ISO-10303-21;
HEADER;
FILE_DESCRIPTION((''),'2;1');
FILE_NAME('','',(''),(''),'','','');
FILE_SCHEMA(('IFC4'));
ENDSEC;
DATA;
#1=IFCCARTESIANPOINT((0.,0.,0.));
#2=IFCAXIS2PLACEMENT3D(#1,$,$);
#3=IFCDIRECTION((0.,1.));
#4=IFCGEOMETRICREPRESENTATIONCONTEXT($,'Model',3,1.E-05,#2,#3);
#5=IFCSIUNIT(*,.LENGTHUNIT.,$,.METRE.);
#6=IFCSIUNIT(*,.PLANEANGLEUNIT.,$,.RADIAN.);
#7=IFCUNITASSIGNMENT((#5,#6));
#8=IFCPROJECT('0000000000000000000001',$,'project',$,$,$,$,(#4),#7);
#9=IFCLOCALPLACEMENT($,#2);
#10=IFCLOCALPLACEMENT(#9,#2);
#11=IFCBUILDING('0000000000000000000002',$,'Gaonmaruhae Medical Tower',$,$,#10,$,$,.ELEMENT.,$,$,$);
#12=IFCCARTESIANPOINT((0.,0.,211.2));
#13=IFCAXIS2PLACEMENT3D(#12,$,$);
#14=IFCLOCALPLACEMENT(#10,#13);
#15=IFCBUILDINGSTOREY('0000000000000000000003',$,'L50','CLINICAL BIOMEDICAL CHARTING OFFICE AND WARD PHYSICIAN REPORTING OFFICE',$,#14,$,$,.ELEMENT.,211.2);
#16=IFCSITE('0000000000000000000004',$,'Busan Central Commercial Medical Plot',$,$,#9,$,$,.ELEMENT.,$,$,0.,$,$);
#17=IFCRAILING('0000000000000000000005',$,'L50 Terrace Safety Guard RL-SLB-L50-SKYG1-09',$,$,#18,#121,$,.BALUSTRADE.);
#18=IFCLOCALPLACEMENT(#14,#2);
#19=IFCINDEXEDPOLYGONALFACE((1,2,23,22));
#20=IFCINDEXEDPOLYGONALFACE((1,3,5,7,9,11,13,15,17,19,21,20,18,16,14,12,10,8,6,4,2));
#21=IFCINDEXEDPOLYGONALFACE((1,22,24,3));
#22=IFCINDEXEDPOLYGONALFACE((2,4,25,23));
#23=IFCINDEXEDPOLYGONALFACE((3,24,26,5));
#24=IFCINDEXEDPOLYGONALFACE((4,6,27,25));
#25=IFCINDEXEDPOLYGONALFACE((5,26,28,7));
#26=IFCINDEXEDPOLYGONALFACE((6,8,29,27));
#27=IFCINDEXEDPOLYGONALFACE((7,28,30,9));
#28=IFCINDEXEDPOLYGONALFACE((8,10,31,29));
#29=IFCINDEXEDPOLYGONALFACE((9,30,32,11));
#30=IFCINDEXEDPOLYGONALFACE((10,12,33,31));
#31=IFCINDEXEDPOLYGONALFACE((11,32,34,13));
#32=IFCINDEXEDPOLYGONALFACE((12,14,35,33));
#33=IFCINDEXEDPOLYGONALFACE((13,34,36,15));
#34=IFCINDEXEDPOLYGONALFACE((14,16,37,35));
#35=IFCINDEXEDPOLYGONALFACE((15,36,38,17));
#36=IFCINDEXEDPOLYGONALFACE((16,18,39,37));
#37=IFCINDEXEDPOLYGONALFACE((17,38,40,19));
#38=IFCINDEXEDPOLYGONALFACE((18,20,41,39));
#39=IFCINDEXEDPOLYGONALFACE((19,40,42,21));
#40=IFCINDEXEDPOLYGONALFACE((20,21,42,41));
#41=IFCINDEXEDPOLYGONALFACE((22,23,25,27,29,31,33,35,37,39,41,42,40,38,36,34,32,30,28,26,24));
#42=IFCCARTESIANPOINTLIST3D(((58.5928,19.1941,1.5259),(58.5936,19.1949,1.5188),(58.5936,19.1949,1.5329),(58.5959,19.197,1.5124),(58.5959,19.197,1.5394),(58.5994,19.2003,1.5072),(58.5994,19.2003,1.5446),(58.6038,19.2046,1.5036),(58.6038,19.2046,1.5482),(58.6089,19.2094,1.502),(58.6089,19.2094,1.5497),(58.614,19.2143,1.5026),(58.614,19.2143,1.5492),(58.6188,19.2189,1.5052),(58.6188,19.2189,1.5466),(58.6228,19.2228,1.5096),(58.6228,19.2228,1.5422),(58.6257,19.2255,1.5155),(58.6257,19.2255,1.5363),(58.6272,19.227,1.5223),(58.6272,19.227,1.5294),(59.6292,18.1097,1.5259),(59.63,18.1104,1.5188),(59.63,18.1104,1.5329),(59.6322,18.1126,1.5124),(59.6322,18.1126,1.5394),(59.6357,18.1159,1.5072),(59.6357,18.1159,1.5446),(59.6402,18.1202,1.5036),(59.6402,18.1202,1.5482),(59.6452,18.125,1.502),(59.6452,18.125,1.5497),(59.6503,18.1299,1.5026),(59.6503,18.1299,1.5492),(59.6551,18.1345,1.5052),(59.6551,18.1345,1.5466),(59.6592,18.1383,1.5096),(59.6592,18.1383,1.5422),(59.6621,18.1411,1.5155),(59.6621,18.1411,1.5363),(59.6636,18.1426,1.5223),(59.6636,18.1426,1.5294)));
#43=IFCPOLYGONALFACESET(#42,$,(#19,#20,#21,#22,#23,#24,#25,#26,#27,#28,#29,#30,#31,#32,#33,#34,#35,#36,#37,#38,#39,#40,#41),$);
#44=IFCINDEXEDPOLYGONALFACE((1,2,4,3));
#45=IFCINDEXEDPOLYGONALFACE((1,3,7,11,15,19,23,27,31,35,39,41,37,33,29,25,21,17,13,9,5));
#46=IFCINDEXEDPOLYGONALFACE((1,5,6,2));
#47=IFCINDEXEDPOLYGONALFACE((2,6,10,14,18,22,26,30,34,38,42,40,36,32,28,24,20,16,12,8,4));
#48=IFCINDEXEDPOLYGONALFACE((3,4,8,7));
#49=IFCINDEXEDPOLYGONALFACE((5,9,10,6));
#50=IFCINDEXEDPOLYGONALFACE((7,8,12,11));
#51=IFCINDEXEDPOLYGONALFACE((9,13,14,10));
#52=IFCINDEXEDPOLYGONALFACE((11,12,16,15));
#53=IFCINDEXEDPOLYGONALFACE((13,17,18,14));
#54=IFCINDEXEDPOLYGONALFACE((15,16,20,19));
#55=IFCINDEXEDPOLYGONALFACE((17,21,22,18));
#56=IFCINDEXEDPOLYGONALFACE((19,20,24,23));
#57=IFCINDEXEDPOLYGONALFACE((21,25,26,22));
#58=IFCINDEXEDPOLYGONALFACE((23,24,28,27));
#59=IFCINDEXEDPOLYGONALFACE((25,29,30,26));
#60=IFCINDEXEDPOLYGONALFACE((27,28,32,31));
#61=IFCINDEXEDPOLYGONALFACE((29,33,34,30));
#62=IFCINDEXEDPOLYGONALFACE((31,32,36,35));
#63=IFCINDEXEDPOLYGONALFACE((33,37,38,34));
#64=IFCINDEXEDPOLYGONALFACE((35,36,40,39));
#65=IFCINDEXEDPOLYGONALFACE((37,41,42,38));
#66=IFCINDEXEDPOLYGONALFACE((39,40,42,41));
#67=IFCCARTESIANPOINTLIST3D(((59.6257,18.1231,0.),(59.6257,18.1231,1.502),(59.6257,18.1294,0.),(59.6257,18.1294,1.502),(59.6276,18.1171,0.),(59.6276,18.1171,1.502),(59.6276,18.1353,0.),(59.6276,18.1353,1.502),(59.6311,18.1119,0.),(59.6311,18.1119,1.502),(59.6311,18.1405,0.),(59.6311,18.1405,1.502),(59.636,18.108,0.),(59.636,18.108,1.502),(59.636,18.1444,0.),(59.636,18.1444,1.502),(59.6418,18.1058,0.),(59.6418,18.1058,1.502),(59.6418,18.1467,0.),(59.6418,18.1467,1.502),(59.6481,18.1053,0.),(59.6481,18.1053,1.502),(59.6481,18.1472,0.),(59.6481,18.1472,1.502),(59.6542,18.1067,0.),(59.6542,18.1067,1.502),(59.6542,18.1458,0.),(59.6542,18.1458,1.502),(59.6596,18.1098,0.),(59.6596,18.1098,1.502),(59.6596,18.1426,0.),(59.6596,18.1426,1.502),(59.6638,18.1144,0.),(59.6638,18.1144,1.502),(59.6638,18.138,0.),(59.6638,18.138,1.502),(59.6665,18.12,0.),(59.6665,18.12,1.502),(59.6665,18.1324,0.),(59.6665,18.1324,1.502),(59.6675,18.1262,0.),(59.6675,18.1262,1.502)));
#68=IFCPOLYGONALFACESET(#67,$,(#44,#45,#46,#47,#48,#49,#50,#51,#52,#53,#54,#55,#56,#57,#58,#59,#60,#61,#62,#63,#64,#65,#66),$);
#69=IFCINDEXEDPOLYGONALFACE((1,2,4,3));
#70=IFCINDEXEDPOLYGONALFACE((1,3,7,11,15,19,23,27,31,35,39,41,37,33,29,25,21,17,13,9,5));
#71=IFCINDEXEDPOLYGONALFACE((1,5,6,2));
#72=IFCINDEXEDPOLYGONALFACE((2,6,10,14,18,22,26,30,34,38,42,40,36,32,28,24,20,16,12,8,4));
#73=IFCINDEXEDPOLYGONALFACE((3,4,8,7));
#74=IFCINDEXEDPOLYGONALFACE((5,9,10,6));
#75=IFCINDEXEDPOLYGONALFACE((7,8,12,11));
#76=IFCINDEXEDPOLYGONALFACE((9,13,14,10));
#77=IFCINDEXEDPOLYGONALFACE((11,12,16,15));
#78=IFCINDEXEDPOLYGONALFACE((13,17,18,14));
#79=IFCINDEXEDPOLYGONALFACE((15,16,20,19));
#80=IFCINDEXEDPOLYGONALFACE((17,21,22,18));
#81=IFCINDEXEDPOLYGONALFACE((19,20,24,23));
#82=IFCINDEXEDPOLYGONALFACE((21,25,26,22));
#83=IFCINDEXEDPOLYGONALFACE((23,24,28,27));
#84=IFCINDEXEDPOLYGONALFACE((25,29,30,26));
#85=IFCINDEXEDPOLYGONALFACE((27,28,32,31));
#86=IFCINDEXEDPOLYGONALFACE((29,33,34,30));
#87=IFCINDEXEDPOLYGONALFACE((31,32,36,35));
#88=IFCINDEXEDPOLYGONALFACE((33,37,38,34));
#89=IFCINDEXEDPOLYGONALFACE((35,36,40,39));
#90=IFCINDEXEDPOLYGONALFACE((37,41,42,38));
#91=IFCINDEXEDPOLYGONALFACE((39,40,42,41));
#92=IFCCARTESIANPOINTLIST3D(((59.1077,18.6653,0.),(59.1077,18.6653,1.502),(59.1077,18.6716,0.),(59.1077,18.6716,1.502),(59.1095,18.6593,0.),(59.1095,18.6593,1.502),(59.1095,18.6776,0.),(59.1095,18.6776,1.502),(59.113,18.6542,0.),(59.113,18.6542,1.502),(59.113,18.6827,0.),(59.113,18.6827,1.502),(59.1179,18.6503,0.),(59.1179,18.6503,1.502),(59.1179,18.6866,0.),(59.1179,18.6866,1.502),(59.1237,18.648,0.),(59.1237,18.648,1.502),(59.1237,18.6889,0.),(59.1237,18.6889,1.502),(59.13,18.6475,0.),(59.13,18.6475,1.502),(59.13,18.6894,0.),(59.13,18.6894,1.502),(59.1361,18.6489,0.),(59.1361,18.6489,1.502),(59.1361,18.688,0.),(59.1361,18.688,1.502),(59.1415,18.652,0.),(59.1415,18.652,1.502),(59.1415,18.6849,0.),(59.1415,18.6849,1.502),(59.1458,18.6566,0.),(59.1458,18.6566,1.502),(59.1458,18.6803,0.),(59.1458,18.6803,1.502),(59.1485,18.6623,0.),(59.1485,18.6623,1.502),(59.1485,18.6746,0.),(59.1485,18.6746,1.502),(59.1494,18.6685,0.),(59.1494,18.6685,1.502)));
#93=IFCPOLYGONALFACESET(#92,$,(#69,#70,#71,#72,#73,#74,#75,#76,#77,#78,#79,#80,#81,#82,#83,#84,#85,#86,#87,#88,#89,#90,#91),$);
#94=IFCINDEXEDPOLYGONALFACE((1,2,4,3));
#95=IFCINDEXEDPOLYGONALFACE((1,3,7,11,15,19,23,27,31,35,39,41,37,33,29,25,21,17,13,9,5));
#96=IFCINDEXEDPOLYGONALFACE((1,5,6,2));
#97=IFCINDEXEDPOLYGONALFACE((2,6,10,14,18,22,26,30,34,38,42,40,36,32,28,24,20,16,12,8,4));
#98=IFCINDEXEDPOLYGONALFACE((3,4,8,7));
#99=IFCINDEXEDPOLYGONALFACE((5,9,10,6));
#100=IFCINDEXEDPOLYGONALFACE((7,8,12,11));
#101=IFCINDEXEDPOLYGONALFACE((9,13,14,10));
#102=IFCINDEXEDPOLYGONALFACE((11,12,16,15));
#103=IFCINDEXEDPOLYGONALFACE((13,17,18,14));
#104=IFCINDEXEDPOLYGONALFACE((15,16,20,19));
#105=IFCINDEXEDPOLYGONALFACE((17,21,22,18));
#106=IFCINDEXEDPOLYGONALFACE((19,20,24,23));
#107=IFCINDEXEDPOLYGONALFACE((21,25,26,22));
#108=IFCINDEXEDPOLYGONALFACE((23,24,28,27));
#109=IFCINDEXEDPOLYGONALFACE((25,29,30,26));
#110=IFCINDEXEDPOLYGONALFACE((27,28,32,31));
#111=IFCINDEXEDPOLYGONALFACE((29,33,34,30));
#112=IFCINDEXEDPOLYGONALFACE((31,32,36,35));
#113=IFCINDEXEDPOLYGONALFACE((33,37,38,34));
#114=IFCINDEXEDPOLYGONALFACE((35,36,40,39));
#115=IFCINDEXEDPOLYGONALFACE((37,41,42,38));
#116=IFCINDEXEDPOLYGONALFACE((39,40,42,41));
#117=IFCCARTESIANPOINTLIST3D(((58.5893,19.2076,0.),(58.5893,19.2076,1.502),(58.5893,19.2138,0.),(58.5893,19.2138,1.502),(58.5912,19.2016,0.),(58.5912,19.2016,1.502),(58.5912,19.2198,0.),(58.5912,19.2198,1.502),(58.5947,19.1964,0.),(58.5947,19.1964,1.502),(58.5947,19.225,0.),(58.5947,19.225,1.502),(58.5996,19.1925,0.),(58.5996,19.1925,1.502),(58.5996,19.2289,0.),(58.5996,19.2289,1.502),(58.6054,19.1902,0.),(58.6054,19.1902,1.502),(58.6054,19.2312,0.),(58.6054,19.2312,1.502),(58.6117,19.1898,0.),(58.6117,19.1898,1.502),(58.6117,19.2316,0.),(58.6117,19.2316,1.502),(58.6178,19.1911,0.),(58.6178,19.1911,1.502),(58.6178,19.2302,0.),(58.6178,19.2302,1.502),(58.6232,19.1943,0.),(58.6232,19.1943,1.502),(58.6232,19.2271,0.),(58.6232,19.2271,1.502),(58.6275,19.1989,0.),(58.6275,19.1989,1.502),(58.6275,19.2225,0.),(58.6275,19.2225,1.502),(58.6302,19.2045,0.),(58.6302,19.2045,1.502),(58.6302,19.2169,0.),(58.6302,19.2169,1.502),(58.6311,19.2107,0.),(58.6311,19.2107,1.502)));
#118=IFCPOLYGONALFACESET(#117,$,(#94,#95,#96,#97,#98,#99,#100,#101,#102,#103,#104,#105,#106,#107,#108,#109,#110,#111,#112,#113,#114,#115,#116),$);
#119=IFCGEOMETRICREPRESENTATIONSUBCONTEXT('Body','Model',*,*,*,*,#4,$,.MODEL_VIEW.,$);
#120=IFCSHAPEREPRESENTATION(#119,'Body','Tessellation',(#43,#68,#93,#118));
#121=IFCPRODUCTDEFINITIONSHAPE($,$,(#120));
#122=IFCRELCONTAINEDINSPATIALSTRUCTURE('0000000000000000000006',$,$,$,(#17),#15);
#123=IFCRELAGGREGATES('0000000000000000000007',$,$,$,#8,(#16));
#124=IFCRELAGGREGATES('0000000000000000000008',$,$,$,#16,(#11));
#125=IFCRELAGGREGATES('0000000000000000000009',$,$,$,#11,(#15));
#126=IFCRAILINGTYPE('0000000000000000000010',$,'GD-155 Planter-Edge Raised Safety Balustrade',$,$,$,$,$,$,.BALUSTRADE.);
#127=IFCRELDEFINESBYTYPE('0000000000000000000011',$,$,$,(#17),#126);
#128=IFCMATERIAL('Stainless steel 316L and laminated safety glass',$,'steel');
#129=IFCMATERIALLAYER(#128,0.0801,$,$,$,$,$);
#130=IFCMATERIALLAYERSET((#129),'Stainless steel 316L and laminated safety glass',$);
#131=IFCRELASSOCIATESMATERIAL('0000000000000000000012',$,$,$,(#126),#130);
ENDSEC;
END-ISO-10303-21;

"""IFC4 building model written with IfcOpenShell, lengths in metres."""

from ifc_helpers import new_model, si_unit, direction, frame, origin, origin_2d, place, context, subcontext, project, spatial, circle, extrude, material, layer, layer_set, type_object, element, save


model = new_model("IFC4")

# Units and contexts
model_context = context("Model", 3, precision=1e-05, world=origin(), true_north=direction((0.0, 1.0)))
body_context = subcontext(model_context, "Body", "Model", "MODEL_VIEW")
ifc_project = project(units=[si_unit("LENGTHUNIT", "METRE"), si_unit("PLANEANGLEUNIT", "RADIAN")], contexts=[model_context])

# Site, building, storey
site_placement = place(None, origin())
site = spatial("IfcSite", under=ifc_project, at=site_placement, Name="Busan Central Commercial Medical Plot", CompositionType="ELEMENT", RefElevation=0.0)
building_placement = place(site_placement, origin())
building = spatial("IfcBuilding", under=site, at=building_placement, Name="Gaonmaruhae Medical Tower", CompositionType="ELEMENT")
storey_placement = place(building_placement, frame((0.0, 0.0, 211.2)))
storey = spatial("IfcBuildingStorey", under=building, at=storey_placement, Name="L50", Description="CLINICAL BIOMEDICAL CHARTING OFFICE AND WARD PHYSICIAN REPORTING OFFICE", CompositionType="ELEMENT", Elevation=211.2)

# Railing
ifc_material_1 = material(Name="Stainless steel 316L and laminated safety glass", Category="steel")
ifc_layer_1 = layer(ifc_material_1, 0.0801)
ifc_layer_set_1 = layer_set([ifc_layer_1], Name="Stainless steel 316L and laminated safety glass")
railing_type = type_object("IfcRailingType", Name="GD-155 Planter-Edge Raised Safety Balustrade", PredefinedType="BALUSTRADE", material=ifc_layer_set_1)
railing_1_placement = place(storey_placement, frame((59.6465, 18.1262, 0.0)))
element("IfcRailing", 1, at=railing_1_placement, inside=storey, type_object=railing_type, Name="L50 Terrace Safety Guard RL-SLB-L50-SKYG1-09", PredefinedType="BALUSTRADE", context=body_context, shape_type="SweptSolid", body=[
    extrude(circle(Radius=0.0239, at=origin_2d()), frame((0.0, 0.0, 1.5259), z_axis=(-0.690894, 0.722956, 0.0), x_axis=(-0.722956, -0.690894, 0.0)), (0.0, 0.0, 1.0), 1.5),
    extrude(circle(Radius=0.021, at=origin_2d()), origin(), (0.0, 0.0, 1.0), 1.502),
    extrude(circle(Radius=0.021, at=origin_2d()), frame((-0.5181, 0.5422, 0.0)), (0.0, 0.0, 1.0), 1.502),
    extrude(circle(Radius=0.021, at=origin_2d()), frame((-1.0364, 1.0845, 0.0)), (0.0, 0.0, 1.0), 1.502),
])

save(model, "model.ifc")
